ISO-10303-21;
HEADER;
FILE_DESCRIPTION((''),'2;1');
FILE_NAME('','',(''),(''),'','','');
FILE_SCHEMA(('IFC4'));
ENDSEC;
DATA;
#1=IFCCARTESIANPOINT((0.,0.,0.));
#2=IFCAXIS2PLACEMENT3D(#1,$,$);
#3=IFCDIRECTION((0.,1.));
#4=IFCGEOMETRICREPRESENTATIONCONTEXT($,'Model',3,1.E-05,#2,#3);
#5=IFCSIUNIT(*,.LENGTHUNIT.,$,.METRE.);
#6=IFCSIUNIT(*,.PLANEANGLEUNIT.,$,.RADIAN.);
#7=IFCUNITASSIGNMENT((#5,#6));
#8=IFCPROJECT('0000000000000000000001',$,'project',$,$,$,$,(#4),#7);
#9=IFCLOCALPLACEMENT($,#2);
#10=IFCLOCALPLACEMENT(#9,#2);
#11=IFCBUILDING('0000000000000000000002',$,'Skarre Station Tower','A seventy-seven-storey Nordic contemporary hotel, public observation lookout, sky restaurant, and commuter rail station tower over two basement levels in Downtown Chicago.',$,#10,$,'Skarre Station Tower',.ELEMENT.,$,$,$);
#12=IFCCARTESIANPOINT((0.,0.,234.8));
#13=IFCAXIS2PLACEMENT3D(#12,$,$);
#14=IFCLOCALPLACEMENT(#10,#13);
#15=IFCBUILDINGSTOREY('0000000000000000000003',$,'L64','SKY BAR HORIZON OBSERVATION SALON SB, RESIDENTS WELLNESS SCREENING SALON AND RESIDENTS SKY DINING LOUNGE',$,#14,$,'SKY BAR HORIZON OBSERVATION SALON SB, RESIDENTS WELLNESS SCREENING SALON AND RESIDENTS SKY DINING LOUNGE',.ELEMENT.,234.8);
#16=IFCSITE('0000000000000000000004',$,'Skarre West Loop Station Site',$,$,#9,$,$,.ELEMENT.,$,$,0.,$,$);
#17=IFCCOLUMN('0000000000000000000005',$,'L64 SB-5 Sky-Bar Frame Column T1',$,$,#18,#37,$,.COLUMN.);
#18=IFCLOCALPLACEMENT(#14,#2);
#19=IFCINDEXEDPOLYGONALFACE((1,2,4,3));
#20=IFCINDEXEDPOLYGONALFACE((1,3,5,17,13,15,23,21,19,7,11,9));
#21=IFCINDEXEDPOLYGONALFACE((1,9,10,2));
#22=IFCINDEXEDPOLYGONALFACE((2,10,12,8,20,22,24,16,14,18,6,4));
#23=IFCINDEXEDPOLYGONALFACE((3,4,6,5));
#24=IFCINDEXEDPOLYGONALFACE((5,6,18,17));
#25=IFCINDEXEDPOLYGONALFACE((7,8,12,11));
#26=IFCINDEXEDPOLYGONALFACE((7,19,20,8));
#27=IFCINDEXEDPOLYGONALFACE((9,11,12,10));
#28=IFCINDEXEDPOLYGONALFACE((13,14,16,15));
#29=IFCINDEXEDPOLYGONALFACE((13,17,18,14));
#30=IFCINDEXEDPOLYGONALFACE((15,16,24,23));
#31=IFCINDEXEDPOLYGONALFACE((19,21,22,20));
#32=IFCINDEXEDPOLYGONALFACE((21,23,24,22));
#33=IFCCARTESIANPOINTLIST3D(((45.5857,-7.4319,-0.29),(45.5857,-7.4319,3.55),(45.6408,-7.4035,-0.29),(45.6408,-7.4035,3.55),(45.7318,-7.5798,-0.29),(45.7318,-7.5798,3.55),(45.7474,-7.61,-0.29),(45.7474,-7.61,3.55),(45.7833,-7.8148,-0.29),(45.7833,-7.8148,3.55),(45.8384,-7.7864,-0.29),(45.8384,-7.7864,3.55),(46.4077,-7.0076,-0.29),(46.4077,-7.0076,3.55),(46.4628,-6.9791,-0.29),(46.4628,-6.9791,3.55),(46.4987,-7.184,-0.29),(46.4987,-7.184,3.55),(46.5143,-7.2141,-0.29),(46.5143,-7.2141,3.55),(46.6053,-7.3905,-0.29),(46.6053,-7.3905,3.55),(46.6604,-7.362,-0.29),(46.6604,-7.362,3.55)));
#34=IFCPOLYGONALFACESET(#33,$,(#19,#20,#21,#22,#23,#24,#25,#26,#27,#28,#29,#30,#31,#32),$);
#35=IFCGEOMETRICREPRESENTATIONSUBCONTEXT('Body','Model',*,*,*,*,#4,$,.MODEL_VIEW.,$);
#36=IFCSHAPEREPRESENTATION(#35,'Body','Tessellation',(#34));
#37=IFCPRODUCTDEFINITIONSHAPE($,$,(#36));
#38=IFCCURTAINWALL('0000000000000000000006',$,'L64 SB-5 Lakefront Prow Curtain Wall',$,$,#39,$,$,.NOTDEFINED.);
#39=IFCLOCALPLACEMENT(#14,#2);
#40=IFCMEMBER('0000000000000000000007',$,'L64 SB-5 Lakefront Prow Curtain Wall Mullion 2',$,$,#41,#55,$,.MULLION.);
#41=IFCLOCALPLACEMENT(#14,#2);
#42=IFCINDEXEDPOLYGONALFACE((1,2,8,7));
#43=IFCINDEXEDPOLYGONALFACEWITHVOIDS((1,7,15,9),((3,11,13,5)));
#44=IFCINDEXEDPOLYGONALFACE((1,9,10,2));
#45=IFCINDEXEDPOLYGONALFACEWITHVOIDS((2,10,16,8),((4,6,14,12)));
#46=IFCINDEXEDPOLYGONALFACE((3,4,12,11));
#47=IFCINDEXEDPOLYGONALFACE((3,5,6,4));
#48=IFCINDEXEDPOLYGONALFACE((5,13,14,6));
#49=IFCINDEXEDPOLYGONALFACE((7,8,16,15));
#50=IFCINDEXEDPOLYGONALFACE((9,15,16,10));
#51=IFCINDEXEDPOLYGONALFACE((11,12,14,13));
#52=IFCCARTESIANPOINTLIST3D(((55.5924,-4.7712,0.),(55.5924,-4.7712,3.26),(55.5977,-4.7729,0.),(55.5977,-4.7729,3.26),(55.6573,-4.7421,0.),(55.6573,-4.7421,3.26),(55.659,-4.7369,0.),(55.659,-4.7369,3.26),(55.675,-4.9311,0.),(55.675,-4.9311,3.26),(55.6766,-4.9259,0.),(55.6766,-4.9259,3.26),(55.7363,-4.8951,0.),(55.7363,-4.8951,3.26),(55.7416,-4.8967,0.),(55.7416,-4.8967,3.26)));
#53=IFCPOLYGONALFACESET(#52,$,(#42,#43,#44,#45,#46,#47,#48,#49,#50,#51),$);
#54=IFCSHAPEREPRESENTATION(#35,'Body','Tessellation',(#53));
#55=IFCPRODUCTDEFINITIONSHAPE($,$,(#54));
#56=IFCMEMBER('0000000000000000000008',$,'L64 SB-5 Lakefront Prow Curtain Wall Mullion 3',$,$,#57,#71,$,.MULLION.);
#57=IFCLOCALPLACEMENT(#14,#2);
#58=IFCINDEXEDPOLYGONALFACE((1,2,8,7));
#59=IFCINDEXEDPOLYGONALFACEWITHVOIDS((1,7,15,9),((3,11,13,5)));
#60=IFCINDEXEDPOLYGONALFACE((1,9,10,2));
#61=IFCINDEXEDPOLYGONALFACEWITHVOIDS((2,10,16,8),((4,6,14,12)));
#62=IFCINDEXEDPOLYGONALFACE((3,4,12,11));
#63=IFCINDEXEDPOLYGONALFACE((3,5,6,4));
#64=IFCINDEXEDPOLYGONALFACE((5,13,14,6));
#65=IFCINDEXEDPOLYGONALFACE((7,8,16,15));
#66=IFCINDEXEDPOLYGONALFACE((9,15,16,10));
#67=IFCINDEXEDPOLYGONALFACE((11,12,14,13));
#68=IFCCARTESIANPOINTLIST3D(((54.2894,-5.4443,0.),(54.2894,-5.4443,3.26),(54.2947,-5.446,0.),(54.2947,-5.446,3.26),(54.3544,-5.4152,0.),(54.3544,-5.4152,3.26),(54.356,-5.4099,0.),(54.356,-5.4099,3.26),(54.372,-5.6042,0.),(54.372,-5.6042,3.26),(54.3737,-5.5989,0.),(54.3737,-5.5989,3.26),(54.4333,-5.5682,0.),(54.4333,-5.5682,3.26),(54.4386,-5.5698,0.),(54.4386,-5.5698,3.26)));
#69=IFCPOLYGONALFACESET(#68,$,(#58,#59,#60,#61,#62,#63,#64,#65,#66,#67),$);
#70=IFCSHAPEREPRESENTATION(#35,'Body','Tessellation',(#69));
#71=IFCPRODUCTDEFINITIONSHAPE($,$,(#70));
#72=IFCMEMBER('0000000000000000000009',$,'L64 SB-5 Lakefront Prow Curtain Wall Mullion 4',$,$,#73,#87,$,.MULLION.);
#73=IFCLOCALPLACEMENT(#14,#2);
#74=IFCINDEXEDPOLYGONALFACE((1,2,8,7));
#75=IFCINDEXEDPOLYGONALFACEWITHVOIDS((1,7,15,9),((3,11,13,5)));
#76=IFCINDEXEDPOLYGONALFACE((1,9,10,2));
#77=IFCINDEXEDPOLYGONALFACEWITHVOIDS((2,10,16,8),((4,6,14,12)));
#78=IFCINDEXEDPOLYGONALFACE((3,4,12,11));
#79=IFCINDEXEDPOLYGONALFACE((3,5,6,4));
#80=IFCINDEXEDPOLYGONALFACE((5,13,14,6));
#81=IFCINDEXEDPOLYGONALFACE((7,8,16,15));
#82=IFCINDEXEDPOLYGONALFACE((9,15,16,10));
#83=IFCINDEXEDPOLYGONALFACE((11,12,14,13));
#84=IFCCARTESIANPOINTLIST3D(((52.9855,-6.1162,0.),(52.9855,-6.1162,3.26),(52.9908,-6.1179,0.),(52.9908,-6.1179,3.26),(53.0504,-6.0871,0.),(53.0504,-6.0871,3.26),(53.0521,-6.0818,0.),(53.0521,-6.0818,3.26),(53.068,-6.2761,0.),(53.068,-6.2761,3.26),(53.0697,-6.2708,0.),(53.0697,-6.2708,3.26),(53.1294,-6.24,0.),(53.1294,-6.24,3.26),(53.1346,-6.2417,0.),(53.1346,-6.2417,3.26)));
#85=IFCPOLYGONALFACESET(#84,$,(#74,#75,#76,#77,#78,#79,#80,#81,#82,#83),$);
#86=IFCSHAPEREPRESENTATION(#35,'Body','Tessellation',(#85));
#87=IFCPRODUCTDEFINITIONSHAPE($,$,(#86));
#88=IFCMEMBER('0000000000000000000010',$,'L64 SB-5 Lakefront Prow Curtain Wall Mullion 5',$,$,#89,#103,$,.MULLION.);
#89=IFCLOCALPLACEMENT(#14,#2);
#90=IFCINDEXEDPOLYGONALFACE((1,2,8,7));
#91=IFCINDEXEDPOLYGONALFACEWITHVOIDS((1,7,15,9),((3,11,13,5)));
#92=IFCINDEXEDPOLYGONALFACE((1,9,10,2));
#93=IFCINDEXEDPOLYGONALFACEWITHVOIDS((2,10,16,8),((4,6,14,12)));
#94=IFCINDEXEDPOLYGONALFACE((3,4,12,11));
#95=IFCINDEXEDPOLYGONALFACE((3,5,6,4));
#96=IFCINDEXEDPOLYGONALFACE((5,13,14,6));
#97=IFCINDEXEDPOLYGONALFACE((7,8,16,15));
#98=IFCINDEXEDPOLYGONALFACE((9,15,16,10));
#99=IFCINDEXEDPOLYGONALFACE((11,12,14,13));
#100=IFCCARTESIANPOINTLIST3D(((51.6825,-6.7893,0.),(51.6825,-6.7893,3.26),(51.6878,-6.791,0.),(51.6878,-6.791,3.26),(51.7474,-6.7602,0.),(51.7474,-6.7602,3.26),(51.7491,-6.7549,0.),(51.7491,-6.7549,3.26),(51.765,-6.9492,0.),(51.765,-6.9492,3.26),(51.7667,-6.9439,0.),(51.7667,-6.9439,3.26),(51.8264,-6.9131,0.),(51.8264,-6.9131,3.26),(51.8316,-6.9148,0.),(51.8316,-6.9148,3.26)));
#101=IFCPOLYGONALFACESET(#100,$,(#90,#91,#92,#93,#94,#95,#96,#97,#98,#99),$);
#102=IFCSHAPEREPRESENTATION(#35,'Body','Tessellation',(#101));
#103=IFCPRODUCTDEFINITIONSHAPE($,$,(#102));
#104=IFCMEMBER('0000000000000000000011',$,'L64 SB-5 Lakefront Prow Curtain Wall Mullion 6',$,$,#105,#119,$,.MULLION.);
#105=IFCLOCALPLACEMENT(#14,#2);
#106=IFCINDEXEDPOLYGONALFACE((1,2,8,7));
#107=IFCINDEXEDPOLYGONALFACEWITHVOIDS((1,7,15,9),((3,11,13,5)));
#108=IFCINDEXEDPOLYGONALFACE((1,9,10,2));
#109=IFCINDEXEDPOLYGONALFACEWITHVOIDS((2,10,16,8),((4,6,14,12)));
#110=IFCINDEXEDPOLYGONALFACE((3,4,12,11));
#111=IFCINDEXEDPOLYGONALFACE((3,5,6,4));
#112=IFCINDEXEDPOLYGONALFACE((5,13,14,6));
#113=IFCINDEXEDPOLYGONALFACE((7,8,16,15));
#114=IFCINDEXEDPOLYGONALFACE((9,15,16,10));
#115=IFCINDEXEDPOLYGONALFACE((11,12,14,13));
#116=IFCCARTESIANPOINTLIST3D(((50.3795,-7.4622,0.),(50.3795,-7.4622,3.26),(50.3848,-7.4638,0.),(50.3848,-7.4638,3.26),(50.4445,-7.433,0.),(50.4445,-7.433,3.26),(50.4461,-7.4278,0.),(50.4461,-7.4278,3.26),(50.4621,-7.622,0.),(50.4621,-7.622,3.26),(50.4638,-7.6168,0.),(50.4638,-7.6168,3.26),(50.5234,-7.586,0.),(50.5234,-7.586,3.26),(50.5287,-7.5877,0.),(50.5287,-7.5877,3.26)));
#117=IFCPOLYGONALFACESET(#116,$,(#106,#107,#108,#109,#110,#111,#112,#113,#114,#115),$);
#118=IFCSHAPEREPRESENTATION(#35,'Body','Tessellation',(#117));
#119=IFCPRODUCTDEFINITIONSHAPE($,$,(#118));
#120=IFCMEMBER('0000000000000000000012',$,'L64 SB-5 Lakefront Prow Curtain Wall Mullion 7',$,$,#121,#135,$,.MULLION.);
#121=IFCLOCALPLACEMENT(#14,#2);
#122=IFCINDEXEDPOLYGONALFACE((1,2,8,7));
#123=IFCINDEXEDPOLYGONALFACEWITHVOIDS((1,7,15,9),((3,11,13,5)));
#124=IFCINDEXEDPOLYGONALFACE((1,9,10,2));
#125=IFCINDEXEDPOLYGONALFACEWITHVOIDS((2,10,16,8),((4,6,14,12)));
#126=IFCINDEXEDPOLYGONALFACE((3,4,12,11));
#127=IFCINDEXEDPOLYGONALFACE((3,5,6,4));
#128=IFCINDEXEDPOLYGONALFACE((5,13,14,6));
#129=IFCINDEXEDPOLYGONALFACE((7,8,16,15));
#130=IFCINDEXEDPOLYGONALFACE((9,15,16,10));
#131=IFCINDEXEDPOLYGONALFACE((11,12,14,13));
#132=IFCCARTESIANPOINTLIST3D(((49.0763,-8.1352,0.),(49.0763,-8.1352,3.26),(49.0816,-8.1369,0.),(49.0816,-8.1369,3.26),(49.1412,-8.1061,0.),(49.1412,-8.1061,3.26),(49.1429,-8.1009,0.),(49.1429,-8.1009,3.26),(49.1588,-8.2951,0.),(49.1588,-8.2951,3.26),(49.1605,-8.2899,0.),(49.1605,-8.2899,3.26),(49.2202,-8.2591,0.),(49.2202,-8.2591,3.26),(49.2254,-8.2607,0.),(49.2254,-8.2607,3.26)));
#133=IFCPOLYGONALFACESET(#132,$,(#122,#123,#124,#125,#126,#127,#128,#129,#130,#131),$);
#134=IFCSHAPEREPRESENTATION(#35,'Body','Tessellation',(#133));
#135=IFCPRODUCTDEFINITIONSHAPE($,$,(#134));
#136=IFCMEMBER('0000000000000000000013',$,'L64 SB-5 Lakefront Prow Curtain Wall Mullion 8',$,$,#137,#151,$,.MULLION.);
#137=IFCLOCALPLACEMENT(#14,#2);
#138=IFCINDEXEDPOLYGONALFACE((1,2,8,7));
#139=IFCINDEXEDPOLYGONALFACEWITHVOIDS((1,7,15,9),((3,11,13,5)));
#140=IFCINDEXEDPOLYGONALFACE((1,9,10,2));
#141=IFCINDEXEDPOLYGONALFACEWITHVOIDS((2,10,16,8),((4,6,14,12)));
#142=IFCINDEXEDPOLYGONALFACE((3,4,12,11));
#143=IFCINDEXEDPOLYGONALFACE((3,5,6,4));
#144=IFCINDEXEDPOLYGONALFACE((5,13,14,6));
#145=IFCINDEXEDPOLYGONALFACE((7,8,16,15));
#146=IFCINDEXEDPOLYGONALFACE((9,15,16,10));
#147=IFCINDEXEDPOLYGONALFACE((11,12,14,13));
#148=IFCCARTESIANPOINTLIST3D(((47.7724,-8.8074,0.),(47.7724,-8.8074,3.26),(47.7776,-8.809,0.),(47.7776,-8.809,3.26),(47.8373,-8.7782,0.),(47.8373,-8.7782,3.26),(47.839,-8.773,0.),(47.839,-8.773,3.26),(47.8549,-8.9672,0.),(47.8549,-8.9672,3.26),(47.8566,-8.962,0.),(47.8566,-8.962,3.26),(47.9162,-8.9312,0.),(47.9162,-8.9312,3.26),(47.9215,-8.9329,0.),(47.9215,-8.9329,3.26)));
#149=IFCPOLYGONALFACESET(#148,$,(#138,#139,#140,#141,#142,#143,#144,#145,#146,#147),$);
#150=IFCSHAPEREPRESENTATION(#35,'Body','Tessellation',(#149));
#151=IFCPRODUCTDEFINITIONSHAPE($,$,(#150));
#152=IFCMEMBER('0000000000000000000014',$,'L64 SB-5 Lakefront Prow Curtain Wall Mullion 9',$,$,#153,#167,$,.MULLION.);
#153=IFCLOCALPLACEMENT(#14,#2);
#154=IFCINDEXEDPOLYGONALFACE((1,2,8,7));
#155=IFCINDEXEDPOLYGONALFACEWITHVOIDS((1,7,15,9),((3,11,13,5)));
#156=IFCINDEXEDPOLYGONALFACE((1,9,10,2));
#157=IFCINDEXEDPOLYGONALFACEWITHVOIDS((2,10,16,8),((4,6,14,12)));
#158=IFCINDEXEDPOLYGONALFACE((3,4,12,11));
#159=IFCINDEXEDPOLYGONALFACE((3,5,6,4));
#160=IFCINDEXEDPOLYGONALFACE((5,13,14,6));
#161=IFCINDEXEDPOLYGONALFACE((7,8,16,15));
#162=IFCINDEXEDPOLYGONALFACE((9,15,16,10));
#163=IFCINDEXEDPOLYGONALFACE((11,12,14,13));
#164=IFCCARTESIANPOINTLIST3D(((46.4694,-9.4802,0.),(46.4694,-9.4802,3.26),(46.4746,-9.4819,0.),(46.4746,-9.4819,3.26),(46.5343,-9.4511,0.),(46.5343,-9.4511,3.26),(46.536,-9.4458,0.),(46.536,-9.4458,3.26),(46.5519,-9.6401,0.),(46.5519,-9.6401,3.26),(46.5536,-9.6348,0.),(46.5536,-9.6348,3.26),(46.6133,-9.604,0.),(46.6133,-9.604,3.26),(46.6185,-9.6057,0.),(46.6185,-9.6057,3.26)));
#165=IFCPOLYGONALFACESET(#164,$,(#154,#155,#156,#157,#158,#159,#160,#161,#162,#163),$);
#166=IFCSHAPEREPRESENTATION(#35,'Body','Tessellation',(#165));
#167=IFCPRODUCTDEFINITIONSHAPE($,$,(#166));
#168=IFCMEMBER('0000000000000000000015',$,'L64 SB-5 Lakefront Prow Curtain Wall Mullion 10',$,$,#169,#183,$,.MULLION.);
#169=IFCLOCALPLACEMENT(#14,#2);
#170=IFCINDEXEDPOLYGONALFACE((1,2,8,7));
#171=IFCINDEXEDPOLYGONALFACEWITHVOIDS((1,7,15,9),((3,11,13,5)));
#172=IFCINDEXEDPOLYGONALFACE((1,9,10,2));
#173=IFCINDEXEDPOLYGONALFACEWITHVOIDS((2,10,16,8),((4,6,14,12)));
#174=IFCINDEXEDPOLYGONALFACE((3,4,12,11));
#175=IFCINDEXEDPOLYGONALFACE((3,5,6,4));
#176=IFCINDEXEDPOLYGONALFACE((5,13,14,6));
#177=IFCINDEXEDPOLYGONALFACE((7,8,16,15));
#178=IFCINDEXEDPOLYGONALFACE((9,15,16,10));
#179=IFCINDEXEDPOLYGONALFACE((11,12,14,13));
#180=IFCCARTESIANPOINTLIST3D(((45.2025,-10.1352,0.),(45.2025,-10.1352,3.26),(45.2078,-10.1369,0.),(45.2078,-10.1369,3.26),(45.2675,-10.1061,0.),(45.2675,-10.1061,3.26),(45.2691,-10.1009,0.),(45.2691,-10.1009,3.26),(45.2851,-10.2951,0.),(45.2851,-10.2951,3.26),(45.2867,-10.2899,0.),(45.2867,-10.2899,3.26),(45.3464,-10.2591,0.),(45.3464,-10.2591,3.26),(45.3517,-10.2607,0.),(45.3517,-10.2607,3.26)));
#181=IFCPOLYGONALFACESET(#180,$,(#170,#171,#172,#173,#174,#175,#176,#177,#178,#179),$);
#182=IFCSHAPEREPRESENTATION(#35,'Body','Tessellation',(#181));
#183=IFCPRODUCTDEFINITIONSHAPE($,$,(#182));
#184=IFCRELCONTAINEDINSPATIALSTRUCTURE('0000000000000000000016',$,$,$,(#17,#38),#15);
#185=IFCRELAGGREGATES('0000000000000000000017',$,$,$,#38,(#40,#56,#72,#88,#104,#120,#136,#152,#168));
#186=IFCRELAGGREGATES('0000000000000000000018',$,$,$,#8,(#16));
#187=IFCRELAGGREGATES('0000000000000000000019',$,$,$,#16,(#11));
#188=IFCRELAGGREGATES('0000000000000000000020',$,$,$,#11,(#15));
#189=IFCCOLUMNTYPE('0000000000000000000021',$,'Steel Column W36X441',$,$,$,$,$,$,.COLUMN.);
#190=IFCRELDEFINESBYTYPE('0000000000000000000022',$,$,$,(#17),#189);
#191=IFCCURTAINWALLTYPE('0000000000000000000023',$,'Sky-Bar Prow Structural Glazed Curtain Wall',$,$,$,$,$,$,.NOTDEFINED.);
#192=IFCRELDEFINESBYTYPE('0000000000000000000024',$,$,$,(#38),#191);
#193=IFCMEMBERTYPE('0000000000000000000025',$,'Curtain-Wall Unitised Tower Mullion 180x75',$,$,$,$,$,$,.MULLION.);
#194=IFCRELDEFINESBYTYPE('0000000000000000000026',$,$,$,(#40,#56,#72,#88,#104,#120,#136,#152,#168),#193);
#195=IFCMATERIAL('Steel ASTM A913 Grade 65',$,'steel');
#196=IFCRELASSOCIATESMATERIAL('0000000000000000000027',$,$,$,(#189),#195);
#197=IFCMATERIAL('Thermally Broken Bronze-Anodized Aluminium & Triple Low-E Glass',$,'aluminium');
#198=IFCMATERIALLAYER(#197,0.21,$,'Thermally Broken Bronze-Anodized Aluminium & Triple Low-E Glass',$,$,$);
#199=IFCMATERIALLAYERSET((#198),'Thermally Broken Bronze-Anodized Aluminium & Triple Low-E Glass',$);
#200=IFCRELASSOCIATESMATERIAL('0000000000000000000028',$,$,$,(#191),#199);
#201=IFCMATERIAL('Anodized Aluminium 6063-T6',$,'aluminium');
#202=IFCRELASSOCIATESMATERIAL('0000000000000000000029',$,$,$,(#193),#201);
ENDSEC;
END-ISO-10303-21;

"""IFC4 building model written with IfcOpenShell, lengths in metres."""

from ifc_helpers import new_model, si_unit, direction, frame, origin, origin_2d, place, context, subcontext, project, spatial, hollow_rectangle, i_section, extrude, material, layer, layer_set, material_profile, profile_set, type_object, element, aggregate, save


model = new_model("IFC4")

# Units and contexts
model_context = context("Model", 3, precision=1e-05, world=origin(), true_north=direction((0.0, 1.0)))
body_context = subcontext(model_context, "Body", "Model", "MODEL_VIEW")
ifc_project = project(units=[si_unit("LENGTHUNIT", "METRE"), si_unit("PLANEANGLEUNIT", "RADIAN")], contexts=[model_context])

# Site, building, storey
site_placement = place(None, origin())
site = spatial("IfcSite", under=ifc_project, at=site_placement, Name="Skarre West Loop Station Site", CompositionType="ELEMENT", RefElevation=0.0)
building_placement = place(site_placement, origin())
building = spatial("IfcBuilding", under=site, at=building_placement, Name="Skarre Station Tower", Description="A seventy-seven-storey Nordic contemporary hotel, public observation lookout, sky restaurant, and commuter rail station tower over two basement levels in Downtown Chicago.", LongName="Skarre Station Tower", CompositionType="ELEMENT")
storey_placement = place(building_placement, frame((0.0, 0.0, 234.8)))
storey = spatial("IfcBuildingStorey", under=building, at=storey_placement, Name="L64", Description="SKY BAR HORIZON OBSERVATION SALON SB, RESIDENTS WELLNESS SCREENING SALON AND RESIDENTS SKY DINING LOUNGE", LongName="SKY BAR HORIZON OBSERVATION SALON SB, RESIDENTS WELLNESS SCREENING SALON AND RESIDENTS SKY DINING LOUNGE", CompositionType="ELEMENT", Elevation=234.8)

# Column
ifc_material_1 = material(Name="Steel ASTM A913 Grade 65", Category="steel")
ifc_material_profile_1 = material_profile(ifc_material_1, i_section(OverallWidth=0.4309, OverallDepth=0.9871, WebThickness=0.0339, FlangeThickness=0.062, at=origin_2d()), Name="Steel ASTM A913 Grade 65")
ifc_profile_set_1 = profile_set([ifc_material_profile_1], Name="Steel ASTM A913 Grade 65")
column_type = type_object("IfcColumnType", Name="Steel Column W36X441", PredefinedType="COLUMN", material=ifc_profile_set_1)
column_placement = place(storey_placement, frame((46.123, -7.397, -0.29), z_axis=(0.0, 0.0, 1.0), x_axis=(0.458712, -0.888585, 0.0)))
element("IfcColumn", 1, at=column_placement, inside=storey, type_object=column_type, Name="L64 SB-5 Sky-Bar Frame Column T1", PredefinedType="COLUMN", context=body_context, shape_type="SweptSolid", body=[
    extrude(i_section(OverallWidth=0.4309, OverallDepth=0.9871, WebThickness=0.0339, FlangeThickness=0.062, at=origin_2d()), origin(), (0.0, 0.0, 1.0), 3.8401),
])

# Curtain wall, members
ifc_material_2 = material(Name="Thermally Broken Bronze-Anodized Aluminium & Triple Low-E Glass", Category="aluminium")
ifc_layer_1 = layer(ifc_material_2, 0.21, Name="Thermally Broken Bronze-Anodized Aluminium & Triple Low-E Glass")
ifc_layer_set_1 = layer_set([ifc_layer_1], Name="Thermally Broken Bronze-Anodized Aluminium & Triple Low-E Glass")
curtain_wall_type = type_object("IfcCurtainWallType", Name="Sky-Bar Prow Structural Glazed Curtain Wall", PredefinedType="NOTDEFINED", material=ifc_layer_set_1)
curtain_wall_placement = place(storey_placement, origin())
curtain_wall = element("IfcCurtainWall", 2, at=curtain_wall_placement, inside=storey, type_object=curtain_wall_type, Name="L64 SB-5 Lakefront Prow Curtain Wall", PredefinedType="NOTDEFINED")
ifc_material_3 = material(Name="Anodized Aluminium 6063-T6", Category="aluminium")
ifc_material_profile_2 = material_profile(ifc_material_3, hollow_rectangle(XDim=0.075, YDim=0.1799, WallThickness=0.0039, at=origin_2d()), Name="Anodized Aluminium 6063-T6")
ifc_profile_set_2 = profile_set([ifc_material_profile_2], Name="Anodized Aluminium 6063-T6")
member_type = type_object("IfcMemberType", Name="Curtain-Wall Unitised Tower Mullion 180x75", PredefinedType="MULLION", material=ifc_profile_set_2)
member_1_placement = place(storey_placement, frame((55.667, -4.834, 0.0), z_axis=(0.0, 0.0, 1.0), x_axis=(-0.888577, -0.458727, 0.0)))
member_1 = element("IfcMember", 3, at=member_1_placement, type_object=member_type, Name="L64 SB-5 Lakefront Prow Curtain Wall Mullion 2", PredefinedType="MULLION", context=body_context, shape_type="SweptSolid", body=[
    extrude(hollow_rectangle(XDim=0.075, YDim=0.1799, WallThickness=0.0039, at=origin_2d()), origin(), (0.0, 0.0, 1.0), 3.26),
])
member_2_placement = place(storey_placement, frame((54.364, -5.5071, 0.0), z_axis=(0.0, 0.0, 1.0), x_axis=(-0.888577, -0.458727, 0.0)))
member_2 = element("IfcMember", 4, at=member_2_placement, type_object=member_type, Name="L64 SB-5 Lakefront Prow Curtain Wall Mullion 3", PredefinedType="MULLION", context=body_context, shape_type="SweptSolid", body=[
    extrude(hollow_rectangle(XDim=0.075, YDim=0.1799, WallThickness=0.0039, at=origin_2d()), origin(), (0.0, 0.0, 1.0), 3.26),
])
member_3_placement = place(storey_placement, frame((53.0601, -6.179, 0.0), z_axis=(0.0, 0.0, 1.0), x_axis=(-0.888577, -0.458727, 0.0)))
member_3 = element("IfcMember", 5, at=member_3_placement, type_object=member_type, Name="L64 SB-5 Lakefront Prow Curtain Wall Mullion 4", PredefinedType="MULLION", context=body_context, shape_type="SweptSolid", body=[
    extrude(hollow_rectangle(XDim=0.075, YDim=0.1799, WallThickness=0.0039, at=origin_2d()), origin(), (0.0, 0.0, 1.0), 3.26),
])
member_4_placement = place(storey_placement, frame((51.7571, -6.8521, 0.0), z_axis=(0.0, 0.0, 1.0), x_axis=(-0.888577, -0.458727, 0.0)))
member_4 = element("IfcMember", 6, at=member_4_placement, type_object=member_type, Name="L64 SB-5 Lakefront Prow Curtain Wall Mullion 5", PredefinedType="MULLION", context=body_context, shape_type="SweptSolid", body=[
    extrude(hollow_rectangle(XDim=0.075, YDim=0.1799, WallThickness=0.0039, at=origin_2d()), origin(), (0.0, 0.0, 1.0), 3.26),
])
member_5_placement = place(storey_placement, frame((50.4541, -7.5249, 0.0), z_axis=(0.0, 0.0, 1.0), x_axis=(-0.888577, -0.458727, 0.0)))
member_5 = element("IfcMember", 7, at=member_5_placement, type_object=member_type, Name="L64 SB-5 Lakefront Prow Curtain Wall Mullion 6", PredefinedType="MULLION", context=body_context, shape_type="SweptSolid", body=[
    extrude(hollow_rectangle(XDim=0.075, YDim=0.1799, WallThickness=0.0039, at=origin_2d()), origin(), (0.0, 0.0, 1.0), 3.26),
])
member_6_placement = place(storey_placement, frame((49.1509, -8.198, 0.0), z_axis=(0.0, 0.0, 1.0), x_axis=(-0.888577, -0.458727, 0.0)))
member_6 = element("IfcMember", 8, at=member_6_placement, type_object=member_type, Name="L64 SB-5 Lakefront Prow Curtain Wall Mullion 7", PredefinedType="MULLION", context=body_context, shape_type="SweptSolid", body=[
    extrude(hollow_rectangle(XDim=0.075, YDim=0.1799, WallThickness=0.0039, at=origin_2d()), origin(), (0.0, 0.0, 1.0), 3.26),
])
member_7_placement = place(storey_placement, frame((47.8469, -8.8701, 0.0), z_axis=(0.0, 0.0, 1.0), x_axis=(-0.888577, -0.458727, 0.0)))
member_7 = element("IfcMember", 9, at=member_7_placement, type_object=member_type, Name="L64 SB-5 Lakefront Prow Curtain Wall Mullion 8", PredefinedType="MULLION", context=body_context, shape_type="SweptSolid", body=[
    extrude(hollow_rectangle(XDim=0.075, YDim=0.1799, WallThickness=0.0039, at=origin_2d()), origin(), (0.0, 0.0, 1.0), 3.26),
])
member_8_placement = place(storey_placement, frame((46.5439, -9.543, 0.0), z_axis=(0.0, 0.0, 1.0), x_axis=(-0.888577, -0.458727, 0.0)))
member_8 = element("IfcMember", 10, at=member_8_placement, type_object=member_type, Name="L64 SB-5 Lakefront Prow Curtain Wall Mullion 9", PredefinedType="MULLION", context=body_context, shape_type="SweptSolid", body=[
    extrude(hollow_rectangle(XDim=0.075, YDim=0.1799, WallThickness=0.0039, at=origin_2d()), origin(), (0.0, 0.0, 1.0), 3.26),
])
member_9_placement = place(storey_placement, frame((45.2771, -10.198, 0.0), z_axis=(0.0, 0.0, 1.0), x_axis=(-0.888577, -0.458727, 0.0)))
member_9 = element("IfcMember", 11, at=member_9_placement, type_object=member_type, Name="L64 SB-5 Lakefront Prow Curtain Wall Mullion 10", PredefinedType="MULLION", context=body_context, shape_type="SweptSolid", body=[
    extrude(hollow_rectangle(XDim=0.075, YDim=0.1799, WallThickness=0.0039, at=origin_2d()), origin(), (0.0, 0.0, 1.0), 3.26),
])

aggregate(curtain_wall, [member_1, member_2, member_3, member_4, member_5, member_6, member_7, member_8, member_9])

save(model, "model.ifc")
